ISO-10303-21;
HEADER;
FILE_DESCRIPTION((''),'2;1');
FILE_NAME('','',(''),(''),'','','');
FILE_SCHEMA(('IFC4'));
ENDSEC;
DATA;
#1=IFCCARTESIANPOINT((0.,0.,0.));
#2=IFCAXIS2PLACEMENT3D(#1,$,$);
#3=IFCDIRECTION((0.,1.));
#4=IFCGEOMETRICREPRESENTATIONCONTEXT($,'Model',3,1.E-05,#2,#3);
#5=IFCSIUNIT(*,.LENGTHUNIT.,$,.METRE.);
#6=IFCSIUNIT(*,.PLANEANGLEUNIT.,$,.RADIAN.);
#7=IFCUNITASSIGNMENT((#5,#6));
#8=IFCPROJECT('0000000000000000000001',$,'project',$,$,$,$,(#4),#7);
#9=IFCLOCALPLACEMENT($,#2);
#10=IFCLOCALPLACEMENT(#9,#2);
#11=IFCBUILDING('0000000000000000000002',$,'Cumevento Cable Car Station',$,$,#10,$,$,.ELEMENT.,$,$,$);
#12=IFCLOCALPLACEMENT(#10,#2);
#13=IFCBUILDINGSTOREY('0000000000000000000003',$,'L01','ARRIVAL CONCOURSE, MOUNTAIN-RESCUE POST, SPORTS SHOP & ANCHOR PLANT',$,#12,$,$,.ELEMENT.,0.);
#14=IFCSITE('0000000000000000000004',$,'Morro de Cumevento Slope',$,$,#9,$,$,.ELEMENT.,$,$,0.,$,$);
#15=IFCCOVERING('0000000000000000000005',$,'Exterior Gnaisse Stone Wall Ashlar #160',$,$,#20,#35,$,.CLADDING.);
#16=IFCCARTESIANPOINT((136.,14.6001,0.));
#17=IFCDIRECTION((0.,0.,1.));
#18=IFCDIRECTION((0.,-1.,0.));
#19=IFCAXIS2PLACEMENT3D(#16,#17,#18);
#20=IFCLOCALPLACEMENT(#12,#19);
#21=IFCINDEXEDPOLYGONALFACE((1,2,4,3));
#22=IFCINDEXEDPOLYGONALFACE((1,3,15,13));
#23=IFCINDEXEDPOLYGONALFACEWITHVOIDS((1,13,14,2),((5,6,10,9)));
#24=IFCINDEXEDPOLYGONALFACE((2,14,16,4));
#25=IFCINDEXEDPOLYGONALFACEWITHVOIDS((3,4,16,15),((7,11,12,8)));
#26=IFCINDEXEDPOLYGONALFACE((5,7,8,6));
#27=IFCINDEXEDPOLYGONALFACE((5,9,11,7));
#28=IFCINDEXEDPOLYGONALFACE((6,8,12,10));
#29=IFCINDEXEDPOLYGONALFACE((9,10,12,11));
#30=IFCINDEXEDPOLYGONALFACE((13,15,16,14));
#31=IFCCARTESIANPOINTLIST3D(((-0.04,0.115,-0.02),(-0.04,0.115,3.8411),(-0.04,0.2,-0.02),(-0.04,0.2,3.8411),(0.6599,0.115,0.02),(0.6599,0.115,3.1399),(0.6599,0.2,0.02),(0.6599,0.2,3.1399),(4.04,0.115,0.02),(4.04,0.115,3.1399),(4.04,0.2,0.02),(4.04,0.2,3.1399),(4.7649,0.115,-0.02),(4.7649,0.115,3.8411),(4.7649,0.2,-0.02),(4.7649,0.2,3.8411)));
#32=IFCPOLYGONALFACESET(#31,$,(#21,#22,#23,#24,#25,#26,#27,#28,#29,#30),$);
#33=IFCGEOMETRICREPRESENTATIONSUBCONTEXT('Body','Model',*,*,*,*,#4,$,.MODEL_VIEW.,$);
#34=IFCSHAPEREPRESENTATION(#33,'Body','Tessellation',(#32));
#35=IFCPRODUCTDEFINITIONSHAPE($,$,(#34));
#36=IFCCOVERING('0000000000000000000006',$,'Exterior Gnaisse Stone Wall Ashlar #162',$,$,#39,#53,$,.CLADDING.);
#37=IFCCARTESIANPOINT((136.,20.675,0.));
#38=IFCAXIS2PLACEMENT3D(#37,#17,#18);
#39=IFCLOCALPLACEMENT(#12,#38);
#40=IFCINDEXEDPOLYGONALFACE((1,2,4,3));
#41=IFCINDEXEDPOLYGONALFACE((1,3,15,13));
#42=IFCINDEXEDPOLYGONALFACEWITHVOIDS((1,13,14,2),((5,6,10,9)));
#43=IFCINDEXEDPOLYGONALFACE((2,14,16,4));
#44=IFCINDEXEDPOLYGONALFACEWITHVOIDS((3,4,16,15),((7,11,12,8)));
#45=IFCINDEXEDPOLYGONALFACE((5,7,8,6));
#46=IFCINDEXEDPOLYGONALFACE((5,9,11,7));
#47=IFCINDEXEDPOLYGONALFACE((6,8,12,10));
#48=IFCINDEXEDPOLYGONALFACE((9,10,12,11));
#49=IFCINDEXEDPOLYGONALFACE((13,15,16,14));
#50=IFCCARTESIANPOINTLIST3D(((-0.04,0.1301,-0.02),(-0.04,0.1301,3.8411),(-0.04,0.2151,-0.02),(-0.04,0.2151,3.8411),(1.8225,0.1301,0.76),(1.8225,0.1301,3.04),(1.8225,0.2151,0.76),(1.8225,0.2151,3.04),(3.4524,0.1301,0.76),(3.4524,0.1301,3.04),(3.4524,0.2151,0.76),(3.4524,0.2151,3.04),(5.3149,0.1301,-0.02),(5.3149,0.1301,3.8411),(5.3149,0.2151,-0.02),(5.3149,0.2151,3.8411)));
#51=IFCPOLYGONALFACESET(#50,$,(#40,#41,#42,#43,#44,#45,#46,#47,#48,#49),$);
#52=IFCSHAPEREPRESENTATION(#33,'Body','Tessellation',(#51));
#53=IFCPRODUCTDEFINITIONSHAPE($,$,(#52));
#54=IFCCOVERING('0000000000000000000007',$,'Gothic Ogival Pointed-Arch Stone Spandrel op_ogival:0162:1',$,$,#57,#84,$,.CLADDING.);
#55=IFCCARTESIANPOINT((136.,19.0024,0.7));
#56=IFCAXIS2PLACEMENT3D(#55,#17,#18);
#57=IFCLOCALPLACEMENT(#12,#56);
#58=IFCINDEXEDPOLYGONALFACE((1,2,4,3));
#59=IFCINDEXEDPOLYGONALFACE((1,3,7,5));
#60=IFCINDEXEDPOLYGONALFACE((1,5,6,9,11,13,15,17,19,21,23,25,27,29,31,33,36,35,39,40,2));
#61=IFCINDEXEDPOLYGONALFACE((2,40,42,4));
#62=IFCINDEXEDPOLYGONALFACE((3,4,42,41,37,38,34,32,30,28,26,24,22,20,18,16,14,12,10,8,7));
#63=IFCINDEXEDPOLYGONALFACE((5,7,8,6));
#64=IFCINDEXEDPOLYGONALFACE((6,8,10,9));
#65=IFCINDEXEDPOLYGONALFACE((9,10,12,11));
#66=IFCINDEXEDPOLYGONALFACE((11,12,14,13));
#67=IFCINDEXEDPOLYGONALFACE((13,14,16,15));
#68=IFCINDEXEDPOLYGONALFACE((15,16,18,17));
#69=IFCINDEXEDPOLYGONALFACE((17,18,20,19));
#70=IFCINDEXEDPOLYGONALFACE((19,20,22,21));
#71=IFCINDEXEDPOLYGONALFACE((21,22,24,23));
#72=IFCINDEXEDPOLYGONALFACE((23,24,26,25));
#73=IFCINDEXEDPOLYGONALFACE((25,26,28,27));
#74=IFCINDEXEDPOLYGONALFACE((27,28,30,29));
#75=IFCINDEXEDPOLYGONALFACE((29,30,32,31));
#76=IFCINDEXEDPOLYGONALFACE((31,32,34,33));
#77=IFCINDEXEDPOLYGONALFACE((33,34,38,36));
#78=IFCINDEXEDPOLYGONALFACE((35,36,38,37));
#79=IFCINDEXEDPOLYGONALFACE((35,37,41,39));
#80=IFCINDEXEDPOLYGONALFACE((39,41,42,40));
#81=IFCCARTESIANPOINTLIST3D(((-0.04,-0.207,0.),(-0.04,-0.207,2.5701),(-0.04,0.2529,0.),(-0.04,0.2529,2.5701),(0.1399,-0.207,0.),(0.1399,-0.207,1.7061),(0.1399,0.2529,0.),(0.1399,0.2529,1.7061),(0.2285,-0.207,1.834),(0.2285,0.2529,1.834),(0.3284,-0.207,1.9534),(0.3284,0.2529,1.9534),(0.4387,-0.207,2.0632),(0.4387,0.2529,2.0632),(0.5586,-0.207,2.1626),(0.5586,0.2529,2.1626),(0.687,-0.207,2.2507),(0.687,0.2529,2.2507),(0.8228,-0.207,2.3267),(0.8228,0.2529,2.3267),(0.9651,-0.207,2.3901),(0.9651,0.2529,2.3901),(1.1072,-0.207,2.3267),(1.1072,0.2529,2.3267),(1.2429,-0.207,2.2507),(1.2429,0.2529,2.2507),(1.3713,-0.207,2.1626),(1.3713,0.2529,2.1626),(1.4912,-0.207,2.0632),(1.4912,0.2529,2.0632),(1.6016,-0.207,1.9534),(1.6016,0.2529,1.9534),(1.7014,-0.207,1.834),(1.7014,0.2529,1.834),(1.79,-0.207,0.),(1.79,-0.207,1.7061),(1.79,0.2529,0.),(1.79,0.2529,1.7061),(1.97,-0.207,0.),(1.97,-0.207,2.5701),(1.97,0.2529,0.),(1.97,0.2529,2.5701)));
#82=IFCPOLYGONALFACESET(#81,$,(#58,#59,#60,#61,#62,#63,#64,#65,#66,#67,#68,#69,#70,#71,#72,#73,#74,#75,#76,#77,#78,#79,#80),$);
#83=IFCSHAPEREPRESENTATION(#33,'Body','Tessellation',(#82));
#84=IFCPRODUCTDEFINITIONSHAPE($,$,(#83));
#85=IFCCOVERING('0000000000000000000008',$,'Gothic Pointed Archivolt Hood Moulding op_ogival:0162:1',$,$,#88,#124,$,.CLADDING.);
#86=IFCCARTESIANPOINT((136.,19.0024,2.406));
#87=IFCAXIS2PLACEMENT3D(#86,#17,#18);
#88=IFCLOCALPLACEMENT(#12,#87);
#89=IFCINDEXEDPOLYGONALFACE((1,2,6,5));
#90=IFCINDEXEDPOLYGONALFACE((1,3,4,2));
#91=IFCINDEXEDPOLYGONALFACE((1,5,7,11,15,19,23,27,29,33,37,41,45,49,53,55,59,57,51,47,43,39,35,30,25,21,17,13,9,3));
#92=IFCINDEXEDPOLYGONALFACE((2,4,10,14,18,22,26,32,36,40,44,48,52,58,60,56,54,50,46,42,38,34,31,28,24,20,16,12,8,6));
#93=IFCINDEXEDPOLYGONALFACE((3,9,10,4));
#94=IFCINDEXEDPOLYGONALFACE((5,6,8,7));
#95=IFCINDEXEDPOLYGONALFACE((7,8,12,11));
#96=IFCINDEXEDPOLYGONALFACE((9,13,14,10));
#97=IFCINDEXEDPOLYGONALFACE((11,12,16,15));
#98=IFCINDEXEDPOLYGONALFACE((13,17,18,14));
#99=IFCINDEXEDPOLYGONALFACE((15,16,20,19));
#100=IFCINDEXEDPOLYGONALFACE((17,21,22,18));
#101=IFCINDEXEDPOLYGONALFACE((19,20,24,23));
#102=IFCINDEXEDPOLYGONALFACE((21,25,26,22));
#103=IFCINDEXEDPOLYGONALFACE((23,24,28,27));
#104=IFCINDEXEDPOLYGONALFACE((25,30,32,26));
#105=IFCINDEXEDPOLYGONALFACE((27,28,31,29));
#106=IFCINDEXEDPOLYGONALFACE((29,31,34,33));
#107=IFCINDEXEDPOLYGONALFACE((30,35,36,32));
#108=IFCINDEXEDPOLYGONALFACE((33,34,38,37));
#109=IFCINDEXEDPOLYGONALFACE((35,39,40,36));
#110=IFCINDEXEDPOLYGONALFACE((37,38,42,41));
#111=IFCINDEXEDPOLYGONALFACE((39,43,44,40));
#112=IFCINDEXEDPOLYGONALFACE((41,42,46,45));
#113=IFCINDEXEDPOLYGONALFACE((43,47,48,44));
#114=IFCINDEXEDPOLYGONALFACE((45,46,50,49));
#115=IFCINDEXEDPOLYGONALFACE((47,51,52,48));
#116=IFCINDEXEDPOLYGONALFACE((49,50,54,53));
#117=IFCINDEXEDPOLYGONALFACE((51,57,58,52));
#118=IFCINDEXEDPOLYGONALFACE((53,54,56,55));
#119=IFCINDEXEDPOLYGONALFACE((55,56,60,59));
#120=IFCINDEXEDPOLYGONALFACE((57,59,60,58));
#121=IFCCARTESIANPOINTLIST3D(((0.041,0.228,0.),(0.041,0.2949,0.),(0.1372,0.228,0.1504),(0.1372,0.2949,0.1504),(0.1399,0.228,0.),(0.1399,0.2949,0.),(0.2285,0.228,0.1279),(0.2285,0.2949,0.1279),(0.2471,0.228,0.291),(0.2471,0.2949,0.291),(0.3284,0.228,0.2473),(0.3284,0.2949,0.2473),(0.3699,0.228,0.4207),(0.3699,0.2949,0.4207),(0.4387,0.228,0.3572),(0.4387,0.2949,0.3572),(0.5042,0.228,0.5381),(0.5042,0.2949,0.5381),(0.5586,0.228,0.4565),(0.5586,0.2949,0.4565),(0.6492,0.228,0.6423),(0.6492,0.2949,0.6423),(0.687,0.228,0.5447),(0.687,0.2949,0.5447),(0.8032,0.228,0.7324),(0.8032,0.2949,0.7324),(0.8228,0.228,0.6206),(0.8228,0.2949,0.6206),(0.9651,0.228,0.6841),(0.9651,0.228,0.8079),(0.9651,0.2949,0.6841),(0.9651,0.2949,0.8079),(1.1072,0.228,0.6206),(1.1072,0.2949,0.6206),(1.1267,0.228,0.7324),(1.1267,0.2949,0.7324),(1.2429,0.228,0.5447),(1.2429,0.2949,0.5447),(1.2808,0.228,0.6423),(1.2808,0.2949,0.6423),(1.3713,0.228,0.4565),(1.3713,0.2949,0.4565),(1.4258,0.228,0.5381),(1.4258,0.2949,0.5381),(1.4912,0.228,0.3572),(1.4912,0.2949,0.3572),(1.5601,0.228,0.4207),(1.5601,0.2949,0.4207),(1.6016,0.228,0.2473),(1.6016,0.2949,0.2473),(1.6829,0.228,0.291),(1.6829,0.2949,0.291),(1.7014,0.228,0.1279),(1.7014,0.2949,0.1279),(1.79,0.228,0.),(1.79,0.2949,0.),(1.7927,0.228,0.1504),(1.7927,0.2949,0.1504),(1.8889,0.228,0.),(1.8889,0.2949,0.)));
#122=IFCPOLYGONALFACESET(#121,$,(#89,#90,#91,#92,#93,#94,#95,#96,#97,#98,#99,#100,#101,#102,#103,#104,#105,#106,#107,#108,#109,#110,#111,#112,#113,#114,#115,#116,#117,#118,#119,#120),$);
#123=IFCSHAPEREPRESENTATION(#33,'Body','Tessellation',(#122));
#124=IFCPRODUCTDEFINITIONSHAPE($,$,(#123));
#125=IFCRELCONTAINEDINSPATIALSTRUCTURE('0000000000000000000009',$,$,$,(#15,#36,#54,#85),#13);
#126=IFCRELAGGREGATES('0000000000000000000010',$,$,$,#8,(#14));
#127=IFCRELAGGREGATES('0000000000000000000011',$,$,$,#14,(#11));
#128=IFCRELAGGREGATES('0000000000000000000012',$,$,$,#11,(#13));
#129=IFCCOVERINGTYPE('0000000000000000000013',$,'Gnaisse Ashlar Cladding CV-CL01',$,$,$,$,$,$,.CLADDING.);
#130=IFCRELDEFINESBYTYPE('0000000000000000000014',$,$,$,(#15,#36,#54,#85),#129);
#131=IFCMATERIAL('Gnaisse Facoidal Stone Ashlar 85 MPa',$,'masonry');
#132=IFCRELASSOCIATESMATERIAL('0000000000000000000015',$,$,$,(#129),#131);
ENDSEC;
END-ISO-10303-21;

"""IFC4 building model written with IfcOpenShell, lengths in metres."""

from ifc_helpers import new_model, si_unit, direction, frame, origin, place, context, subcontext, project, spatial, polyline, outline, extrude, material, type_object, element, save


model = new_model("IFC4")

# Units and contexts
model_context = context("Model", 3, precision=1e-05, world=origin(), true_north=direction((0.0, 1.0)))
body_context = subcontext(model_context, "Body", "Model", "MODEL_VIEW")
ifc_project = project(units=[si_unit("LENGTHUNIT", "METRE"), si_unit("PLANEANGLEUNIT", "RADIAN")], contexts=[model_context])

# Site, building, storey
site_placement = place(None, origin())
site = spatial("IfcSite", under=ifc_project, at=site_placement, Name="Morro de Cumevento Slope", CompositionType="ELEMENT", RefElevation=0.0)
building_placement = place(site_placement, origin())
building = spatial("IfcBuilding", under=site, at=building_placement, Name="Cumevento Cable Car Station", CompositionType="ELEMENT")
storey_placement = place(building_placement, origin())
storey = spatial("IfcBuildingStorey", under=building, at=storey_placement, Name="L01", Description="ARRIVAL CONCOURSE, MOUNTAIN-RESCUE POST, SPORTS SHOP & ANCHOR PLANT", CompositionType="ELEMENT", Elevation=0.0)

# Coverings
ifc_material_1 = material(Name="Gnaisse Facoidal Stone Ashlar 85 MPa", Category="masonry")
covering_type = type_object("IfcCoveringType", Name="Gnaisse Ashlar Cladding CV-CL01", PredefinedType="CLADDING", material=ifc_material_1)
covering_1_placement = place(storey_placement, frame((136.0, 14.6001, 0.0), z_axis=(0.0, 0.0, 1.0), x_axis=(0.0, -1.0, 0.0)))
element("IfcCovering", 1, at=covering_1_placement, inside=storey, type_object=covering_type, Name="Exterior Gnaisse Stone Wall Ashlar #160", PredefinedType="CLADDING", context=body_context, shape_type="SweptSolid", body=[
    extrude(outline(polyline([(-0.04, -0.02), (4.7649, -0.02), (4.7649, 3.8411), (-0.04, 3.8411), (-0.04, -0.02)]), holes=[polyline([(0.6599, 0.02), (4.04, 0.02), (4.04, 3.1399), (0.6599, 3.1399), (0.6599, 0.02)])]), frame((0.0, 0.2, 0.0), z_axis=(0.0, -1.0, 0.0), x_axis=(1.0, 0.0, 0.0)), (0.0, 0.0, 1.0), 0.085),
])
covering_2_placement = place(storey_placement, frame((136.0, 20.675, 0.0), z_axis=(0.0, 0.0, 1.0), x_axis=(0.0, -1.0, 0.0)))
element("IfcCovering", 2, at=covering_2_placement, inside=storey, type_object=covering_type, Name="Exterior Gnaisse Stone Wall Ashlar #162", PredefinedType="CLADDING", context=body_context, shape_type="SweptSolid", body=[
    extrude(outline(polyline([(-0.04, -0.02), (5.3149, -0.02), (5.3149, 3.8411), (-0.04, 3.8411), (-0.04, -0.02)]), holes=[polyline([(1.8225, 0.76), (3.4524, 0.76), (3.4524, 3.04), (1.8225, 3.04), (1.8225, 0.76)])]), frame((0.0, 0.2151, 0.0), z_axis=(0.0, -1.0, 0.0), x_axis=(1.0, 0.0, 0.0)), (0.0, 0.0, 1.0), 0.085),
])
covering_3_placement = place(storey_placement, frame((136.0, 19.0024, 0.7), z_axis=(0.0, 0.0, 1.0), x_axis=(0.0, -1.0, 0.0)))
element("IfcCovering", 3, at=covering_3_placement, inside=storey, type_object=covering_type, Name="Gothic Ogival Pointed-Arch Stone Spandrel op_ogival:0162:1", PredefinedType="CLADDING", context=body_context, shape_type="SweptSolid", body=[
    extrude(outline(polyline([(-0.04, 0.0), (-0.04, 2.5701), (1.97, 2.5701), (1.97, 0.0), (1.79, 0.0), (1.79, 1.7061), (1.7014, 1.834), (1.6016, 1.9534), (1.4912, 2.0632), (1.3713, 2.1626), (1.2429, 2.2507), (1.1072, 2.3267), (0.9651, 2.3901), (0.8228, 2.3267), (0.687, 2.2507), (0.5586, 2.1626), (0.4387, 2.0632), (0.3284, 1.9534), (0.2285, 1.834), (0.1399, 1.7061), (0.1399, 0.0), (-0.04, 0.0)])), frame((0.0, 0.2529, 0.0), z_axis=(0.0, -1.0, 0.0), x_axis=(1.0, 0.0, 0.0)), (0.0, 0.0, 1.0), 0.46),
])
covering_4_placement = place(storey_placement, frame((136.0, 19.0024, 2.406), z_axis=(0.0, 0.0, 1.0), x_axis=(0.0, -1.0, 0.0)))
element("IfcCovering", 4, at=covering_4_placement, inside=storey, type_object=covering_type, Name="Gothic Pointed Archivolt Hood Moulding op_ogival:0162:1", PredefinedType="CLADDING", context=body_context, shape_type="SweptSolid", body=[
    extrude(outline(polyline([(0.1399, 0.0), (0.2285, 0.1279), (0.3284, 0.2473), (0.4387, 0.3572), (0.5586, 0.4565), (0.687, 0.5447), (0.8228, 0.6206), (0.9651, 0.6841), (1.1072, 0.6206), (1.2429, 0.5447), (1.3713, 0.4565), (1.4912, 0.3572), (1.6016, 0.2473), (1.7014, 0.1279), (1.79, 0.0), (1.8889, 0.0), (1.7927, 0.1504), (1.6829, 0.291), (1.5601, 0.4207), (1.4258, 0.5381), (1.2808, 0.6423), (1.1267, 0.7324), (0.9651, 0.8079), (0.8032, 0.7324), (0.6492, 0.6423), (0.5042, 0.5381), (0.3699, 0.4207), (0.2471, 0.291), (0.1372, 0.1504), (0.041, 0.0), (0.1399, 0.0)])), frame((0.0, 0.2949, 0.0), z_axis=(0.0, -1.0, 0.0), x_axis=(1.0, 0.0, 0.0)), (0.0, 0.0, 1.0), 0.0669),
])

save(model, "model.ifc")
